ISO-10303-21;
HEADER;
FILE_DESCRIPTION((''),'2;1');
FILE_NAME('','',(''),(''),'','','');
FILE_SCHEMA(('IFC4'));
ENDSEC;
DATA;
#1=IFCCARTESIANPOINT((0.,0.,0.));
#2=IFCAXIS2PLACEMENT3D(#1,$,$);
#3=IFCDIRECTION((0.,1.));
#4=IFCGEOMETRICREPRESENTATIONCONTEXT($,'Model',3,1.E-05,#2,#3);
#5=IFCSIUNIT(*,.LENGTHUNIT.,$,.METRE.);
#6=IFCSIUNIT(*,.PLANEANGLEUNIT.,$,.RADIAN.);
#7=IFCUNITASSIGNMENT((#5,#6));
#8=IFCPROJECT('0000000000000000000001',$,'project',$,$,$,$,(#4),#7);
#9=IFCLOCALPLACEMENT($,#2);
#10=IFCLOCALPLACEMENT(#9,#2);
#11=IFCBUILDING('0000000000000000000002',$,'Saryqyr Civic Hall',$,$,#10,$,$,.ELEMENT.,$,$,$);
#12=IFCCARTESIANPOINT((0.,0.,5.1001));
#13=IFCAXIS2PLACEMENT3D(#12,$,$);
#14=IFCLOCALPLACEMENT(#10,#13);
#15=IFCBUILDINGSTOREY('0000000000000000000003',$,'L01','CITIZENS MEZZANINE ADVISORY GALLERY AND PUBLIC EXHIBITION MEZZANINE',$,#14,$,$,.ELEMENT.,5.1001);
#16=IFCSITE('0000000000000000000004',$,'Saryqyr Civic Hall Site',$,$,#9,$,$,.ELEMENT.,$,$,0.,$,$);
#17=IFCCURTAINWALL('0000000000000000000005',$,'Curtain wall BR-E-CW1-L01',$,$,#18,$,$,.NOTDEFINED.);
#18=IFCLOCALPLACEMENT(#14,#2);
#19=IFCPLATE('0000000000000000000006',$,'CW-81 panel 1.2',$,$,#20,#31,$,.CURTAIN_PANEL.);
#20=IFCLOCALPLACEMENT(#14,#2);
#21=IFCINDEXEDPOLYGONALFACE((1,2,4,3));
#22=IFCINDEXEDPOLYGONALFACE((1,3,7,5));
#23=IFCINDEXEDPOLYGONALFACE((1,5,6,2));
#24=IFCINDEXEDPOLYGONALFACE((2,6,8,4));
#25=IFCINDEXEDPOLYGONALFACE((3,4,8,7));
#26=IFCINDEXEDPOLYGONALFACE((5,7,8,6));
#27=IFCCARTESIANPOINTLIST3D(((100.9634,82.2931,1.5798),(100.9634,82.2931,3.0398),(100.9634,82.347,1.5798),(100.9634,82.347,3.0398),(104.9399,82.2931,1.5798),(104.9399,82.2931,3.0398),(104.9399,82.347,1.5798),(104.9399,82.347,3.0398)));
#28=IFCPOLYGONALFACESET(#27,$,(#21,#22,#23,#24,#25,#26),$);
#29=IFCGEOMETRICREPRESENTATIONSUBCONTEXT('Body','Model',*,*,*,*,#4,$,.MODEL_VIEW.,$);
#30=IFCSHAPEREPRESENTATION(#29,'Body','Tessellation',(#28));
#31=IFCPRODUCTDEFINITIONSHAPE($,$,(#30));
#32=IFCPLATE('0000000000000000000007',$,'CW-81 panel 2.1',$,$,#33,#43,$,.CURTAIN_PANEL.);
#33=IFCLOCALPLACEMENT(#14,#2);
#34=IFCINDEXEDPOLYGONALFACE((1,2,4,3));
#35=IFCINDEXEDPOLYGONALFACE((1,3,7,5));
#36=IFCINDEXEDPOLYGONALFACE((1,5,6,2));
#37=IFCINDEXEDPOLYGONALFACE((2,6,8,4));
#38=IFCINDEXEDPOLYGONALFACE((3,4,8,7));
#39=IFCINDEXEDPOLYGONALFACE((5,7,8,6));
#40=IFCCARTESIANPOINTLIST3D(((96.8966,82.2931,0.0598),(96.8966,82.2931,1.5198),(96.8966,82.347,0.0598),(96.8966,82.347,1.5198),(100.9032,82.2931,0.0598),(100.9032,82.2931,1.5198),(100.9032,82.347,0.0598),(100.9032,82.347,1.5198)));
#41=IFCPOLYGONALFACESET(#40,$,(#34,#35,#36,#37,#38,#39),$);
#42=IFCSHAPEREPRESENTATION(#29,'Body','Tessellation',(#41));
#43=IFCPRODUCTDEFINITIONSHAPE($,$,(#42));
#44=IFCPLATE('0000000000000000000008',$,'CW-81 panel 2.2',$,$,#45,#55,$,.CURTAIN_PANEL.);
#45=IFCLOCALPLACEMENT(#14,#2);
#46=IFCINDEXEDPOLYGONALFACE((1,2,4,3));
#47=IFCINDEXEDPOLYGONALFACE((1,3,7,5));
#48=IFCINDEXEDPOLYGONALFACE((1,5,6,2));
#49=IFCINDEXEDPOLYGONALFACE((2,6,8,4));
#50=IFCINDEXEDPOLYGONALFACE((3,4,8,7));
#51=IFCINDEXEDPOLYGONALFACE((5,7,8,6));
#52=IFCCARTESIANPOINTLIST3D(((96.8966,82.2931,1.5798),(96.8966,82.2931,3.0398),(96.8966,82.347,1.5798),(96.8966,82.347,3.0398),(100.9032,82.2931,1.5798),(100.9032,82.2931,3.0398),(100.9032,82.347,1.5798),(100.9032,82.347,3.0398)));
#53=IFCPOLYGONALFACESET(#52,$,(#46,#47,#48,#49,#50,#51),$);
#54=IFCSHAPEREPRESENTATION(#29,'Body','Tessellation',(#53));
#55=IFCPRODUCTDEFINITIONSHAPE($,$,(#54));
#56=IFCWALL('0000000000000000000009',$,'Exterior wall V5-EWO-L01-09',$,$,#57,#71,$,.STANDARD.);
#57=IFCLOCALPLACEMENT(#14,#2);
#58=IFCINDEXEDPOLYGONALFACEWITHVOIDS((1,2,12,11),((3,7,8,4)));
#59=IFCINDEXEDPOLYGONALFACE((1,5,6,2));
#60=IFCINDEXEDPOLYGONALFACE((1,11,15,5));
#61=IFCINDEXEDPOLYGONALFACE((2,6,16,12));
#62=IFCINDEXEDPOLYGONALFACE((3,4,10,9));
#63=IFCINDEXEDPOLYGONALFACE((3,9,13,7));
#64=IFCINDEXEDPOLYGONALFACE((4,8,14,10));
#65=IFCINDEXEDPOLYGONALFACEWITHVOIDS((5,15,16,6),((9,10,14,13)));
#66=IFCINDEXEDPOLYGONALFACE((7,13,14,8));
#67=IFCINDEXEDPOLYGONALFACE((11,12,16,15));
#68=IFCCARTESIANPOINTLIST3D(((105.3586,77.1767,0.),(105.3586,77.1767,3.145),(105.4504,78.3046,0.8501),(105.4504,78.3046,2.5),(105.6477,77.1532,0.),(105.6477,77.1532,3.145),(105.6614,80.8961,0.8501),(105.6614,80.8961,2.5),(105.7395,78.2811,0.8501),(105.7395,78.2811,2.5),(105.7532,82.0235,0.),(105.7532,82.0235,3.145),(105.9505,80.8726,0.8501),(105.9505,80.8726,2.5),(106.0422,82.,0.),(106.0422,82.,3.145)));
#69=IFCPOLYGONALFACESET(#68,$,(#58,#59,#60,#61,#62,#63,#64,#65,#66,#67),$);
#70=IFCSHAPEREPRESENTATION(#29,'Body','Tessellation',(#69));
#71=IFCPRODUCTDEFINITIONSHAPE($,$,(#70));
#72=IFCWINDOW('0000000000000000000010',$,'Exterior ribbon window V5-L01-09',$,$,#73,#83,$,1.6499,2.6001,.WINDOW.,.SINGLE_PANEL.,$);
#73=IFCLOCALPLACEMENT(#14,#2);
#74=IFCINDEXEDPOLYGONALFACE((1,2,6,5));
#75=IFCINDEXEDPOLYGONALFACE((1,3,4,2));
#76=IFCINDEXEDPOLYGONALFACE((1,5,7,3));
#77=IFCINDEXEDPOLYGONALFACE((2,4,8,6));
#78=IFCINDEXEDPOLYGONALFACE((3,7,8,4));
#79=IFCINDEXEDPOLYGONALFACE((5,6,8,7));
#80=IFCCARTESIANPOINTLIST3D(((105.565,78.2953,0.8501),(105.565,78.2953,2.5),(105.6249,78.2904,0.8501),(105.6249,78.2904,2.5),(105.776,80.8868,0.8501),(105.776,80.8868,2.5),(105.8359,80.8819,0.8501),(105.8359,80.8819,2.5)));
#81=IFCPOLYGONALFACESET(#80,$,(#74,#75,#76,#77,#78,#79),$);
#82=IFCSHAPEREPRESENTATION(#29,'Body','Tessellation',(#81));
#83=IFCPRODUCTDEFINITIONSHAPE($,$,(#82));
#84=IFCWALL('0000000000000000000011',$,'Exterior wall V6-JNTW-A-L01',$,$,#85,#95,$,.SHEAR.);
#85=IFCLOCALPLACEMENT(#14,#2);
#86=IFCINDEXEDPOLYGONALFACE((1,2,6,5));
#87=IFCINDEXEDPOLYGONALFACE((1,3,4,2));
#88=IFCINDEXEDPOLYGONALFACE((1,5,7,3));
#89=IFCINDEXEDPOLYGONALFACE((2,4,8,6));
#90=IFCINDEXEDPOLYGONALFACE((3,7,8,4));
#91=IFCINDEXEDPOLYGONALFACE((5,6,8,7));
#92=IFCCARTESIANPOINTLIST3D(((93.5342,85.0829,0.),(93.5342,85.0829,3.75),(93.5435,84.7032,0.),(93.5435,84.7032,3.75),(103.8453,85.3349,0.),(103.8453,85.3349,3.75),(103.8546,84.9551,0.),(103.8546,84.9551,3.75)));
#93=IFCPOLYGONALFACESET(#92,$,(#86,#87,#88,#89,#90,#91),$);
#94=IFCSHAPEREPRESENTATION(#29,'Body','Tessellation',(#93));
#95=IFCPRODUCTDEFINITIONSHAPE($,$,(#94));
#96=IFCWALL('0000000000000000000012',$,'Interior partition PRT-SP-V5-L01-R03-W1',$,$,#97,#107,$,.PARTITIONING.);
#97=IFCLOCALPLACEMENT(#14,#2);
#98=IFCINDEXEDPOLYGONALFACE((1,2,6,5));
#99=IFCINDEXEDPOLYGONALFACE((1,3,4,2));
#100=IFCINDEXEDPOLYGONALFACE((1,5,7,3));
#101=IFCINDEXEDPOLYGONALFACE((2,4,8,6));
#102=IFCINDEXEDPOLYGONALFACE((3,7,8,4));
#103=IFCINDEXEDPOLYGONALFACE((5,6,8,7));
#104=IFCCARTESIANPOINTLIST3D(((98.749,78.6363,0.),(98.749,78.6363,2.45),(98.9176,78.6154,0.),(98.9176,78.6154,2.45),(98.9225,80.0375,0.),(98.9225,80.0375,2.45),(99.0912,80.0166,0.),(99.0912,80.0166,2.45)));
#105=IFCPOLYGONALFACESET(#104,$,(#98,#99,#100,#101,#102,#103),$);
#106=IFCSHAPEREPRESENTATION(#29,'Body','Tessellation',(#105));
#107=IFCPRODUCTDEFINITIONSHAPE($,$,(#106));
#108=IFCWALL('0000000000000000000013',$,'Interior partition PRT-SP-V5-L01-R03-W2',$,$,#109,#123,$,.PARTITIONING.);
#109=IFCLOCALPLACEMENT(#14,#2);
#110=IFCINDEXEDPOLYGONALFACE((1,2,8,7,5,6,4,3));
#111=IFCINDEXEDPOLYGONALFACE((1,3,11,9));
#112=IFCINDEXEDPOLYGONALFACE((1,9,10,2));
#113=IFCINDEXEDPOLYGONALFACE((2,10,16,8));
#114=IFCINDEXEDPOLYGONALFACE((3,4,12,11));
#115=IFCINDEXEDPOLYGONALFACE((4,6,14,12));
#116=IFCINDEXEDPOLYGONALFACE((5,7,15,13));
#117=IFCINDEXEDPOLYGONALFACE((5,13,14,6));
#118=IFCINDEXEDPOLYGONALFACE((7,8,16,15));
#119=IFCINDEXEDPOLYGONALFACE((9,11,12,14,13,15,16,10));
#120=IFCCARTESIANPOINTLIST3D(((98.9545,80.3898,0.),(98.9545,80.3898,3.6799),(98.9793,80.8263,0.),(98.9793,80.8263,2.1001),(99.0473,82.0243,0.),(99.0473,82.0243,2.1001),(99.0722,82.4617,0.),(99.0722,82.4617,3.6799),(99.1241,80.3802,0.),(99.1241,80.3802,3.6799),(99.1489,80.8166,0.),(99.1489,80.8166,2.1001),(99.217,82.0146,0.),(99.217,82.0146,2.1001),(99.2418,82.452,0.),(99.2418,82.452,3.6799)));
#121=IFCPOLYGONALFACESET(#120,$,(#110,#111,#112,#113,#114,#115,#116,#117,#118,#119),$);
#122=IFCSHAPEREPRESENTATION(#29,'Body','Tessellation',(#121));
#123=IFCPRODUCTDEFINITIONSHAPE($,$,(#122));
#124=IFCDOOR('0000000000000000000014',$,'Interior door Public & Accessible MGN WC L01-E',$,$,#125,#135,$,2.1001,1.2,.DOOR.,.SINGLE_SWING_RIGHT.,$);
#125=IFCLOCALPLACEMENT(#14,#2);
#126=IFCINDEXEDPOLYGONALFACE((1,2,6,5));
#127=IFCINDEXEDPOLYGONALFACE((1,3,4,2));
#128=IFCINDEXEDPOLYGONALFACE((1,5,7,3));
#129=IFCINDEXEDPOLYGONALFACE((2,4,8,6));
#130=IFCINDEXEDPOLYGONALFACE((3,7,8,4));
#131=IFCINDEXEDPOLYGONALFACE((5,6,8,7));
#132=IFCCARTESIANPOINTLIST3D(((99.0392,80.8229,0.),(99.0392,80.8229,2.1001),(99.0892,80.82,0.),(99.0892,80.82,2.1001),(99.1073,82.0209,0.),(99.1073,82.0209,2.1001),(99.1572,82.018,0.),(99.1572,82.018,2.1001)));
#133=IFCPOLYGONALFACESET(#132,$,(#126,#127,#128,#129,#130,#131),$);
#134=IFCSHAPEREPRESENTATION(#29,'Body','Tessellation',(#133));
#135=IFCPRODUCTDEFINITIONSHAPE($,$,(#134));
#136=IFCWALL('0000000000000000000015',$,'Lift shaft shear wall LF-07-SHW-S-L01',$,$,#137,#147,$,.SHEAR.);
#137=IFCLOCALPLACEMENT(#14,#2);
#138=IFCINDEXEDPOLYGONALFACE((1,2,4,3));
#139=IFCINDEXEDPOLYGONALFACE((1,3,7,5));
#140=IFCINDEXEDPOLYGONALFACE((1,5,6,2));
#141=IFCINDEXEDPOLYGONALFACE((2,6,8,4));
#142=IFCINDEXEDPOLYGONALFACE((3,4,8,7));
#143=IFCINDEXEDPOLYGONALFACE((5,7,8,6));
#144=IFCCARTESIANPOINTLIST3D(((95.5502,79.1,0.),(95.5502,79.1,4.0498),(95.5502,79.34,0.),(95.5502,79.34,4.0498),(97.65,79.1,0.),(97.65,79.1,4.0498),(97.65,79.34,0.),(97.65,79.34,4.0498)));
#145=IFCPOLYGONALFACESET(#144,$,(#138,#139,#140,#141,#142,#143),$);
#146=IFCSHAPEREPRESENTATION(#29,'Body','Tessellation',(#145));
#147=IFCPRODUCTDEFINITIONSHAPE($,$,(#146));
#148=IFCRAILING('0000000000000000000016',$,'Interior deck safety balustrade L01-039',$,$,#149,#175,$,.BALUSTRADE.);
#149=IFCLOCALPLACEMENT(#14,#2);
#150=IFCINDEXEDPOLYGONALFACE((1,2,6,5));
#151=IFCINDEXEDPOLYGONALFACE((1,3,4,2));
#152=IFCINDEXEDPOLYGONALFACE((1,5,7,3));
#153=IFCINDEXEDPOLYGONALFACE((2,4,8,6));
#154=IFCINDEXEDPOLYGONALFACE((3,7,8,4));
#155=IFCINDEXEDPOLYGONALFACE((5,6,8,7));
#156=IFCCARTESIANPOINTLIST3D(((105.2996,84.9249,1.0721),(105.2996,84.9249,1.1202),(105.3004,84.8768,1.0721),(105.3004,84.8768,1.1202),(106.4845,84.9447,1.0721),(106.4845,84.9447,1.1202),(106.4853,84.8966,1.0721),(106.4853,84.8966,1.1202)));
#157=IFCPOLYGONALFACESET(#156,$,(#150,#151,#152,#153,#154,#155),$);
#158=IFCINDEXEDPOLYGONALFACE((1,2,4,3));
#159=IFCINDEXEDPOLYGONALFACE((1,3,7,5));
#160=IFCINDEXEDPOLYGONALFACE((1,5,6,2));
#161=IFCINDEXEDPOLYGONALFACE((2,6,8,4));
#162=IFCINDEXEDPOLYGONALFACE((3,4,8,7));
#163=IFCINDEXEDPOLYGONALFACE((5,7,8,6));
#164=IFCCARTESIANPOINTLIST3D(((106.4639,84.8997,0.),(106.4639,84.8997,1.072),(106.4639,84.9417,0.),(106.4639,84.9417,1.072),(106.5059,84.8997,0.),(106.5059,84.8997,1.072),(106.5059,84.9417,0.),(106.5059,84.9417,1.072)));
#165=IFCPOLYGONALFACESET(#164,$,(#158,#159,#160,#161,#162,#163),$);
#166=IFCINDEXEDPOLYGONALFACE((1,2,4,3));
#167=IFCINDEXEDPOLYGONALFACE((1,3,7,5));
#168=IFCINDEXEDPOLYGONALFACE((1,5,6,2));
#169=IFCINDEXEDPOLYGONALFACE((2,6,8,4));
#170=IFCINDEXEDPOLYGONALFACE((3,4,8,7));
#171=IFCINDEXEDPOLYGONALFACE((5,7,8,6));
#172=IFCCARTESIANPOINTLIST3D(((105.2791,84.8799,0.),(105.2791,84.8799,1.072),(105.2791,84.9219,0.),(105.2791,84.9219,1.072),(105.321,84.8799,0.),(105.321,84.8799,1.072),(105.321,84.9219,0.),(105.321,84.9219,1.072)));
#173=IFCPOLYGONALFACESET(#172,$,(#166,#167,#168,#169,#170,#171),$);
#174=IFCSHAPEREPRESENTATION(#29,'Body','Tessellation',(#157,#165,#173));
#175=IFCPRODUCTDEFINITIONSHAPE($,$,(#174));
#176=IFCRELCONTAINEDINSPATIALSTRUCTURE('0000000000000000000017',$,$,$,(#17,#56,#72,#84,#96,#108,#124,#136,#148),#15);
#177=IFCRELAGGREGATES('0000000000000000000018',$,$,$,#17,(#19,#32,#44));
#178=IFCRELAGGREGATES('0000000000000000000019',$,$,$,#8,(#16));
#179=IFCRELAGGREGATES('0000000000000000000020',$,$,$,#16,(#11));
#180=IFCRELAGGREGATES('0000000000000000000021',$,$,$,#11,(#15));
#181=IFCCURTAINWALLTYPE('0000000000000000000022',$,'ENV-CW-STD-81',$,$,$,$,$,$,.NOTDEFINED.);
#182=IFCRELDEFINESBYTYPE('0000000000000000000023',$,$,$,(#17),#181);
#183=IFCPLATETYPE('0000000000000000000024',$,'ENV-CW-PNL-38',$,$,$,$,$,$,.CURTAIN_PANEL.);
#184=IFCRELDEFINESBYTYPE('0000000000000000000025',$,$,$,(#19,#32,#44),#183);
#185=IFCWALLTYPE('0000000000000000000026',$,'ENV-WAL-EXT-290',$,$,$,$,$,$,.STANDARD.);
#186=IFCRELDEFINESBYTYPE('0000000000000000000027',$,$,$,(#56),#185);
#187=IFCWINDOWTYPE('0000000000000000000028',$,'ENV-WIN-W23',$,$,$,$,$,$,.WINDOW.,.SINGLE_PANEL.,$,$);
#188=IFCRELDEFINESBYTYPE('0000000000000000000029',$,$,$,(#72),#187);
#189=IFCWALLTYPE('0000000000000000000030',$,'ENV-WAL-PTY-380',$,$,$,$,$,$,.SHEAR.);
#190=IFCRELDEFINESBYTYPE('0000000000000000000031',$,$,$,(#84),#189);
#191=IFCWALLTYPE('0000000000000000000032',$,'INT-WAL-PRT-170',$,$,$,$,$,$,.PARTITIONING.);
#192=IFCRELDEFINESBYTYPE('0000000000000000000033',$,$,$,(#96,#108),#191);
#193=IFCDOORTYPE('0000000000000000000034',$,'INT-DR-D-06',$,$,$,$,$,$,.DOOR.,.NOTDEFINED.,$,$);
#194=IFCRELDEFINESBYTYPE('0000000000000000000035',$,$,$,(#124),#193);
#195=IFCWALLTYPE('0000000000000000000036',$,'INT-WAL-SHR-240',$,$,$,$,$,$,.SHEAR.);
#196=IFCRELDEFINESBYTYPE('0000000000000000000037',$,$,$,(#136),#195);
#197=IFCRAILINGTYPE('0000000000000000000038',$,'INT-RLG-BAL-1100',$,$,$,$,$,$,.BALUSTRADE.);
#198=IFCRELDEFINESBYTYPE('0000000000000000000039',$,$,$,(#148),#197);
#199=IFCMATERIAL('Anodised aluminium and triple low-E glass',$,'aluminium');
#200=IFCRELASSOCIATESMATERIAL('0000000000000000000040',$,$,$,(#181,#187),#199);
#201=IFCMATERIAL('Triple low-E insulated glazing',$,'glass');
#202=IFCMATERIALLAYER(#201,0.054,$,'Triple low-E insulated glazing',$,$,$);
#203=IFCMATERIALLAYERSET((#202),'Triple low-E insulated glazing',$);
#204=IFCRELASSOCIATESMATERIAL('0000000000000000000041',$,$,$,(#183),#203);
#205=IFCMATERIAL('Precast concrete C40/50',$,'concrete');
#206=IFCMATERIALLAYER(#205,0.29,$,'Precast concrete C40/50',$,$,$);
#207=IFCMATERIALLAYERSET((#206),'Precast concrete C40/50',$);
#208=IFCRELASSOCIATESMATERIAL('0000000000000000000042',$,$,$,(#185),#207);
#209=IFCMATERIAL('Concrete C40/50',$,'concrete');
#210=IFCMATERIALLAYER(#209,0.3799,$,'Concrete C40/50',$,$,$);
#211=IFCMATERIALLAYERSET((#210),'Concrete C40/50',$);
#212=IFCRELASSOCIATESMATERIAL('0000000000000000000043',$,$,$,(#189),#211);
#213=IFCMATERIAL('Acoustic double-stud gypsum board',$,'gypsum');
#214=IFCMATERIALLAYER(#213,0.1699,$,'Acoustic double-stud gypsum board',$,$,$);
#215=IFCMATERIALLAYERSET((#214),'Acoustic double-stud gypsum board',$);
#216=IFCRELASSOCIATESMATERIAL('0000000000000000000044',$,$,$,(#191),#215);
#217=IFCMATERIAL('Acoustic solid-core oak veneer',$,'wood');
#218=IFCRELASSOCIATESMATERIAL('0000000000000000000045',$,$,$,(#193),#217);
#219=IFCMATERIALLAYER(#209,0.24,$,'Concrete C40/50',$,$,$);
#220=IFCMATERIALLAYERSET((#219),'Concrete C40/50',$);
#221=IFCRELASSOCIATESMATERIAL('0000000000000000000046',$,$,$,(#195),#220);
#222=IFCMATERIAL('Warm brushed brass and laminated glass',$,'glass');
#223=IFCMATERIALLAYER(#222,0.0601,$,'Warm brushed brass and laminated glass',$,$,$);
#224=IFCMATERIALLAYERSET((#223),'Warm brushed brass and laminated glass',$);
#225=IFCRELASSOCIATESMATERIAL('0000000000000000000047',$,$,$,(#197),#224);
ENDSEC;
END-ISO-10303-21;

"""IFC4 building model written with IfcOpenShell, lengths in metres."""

from ifc_helpers import new_model, si_unit, direction, frame, frame_2d, origin, origin_2d, place, context, subcontext, project, spatial, rectangle, extrude, material, layer, layer_set, type_object, element, fill, aggregate, save


model = new_model("IFC4")

# Units and contexts
model_context = context("Model", 3, precision=1e-05, world=origin(), true_north=direction((0.0, 1.0)))
body_context = subcontext(model_context, "Body", "Model", "MODEL_VIEW")
ifc_project = project(units=[si_unit("LENGTHUNIT", "METRE"), si_unit("PLANEANGLEUNIT", "RADIAN")], contexts=[model_context])

# Site, building, storey
site_placement = place(None, origin())
site = spatial("IfcSite", under=ifc_project, at=site_placement, Name="Saryqyr Civic Hall Site", CompositionType="ELEMENT", RefElevation=0.0)
building_placement = place(site_placement, origin())
building = spatial("IfcBuilding", under=site, at=building_placement, Name="Saryqyr Civic Hall", CompositionType="ELEMENT")
storey_placement = place(building_placement, frame((0.0, 0.0, 5.1001)))
storey = spatial("IfcBuildingStorey", under=building, at=storey_placement, Name="L01", Description="CITIZENS MEZZANINE ADVISORY GALLERY AND PUBLIC EXHIBITION MEZZANINE", CompositionType="ELEMENT", Elevation=5.1001)

# Shared definitions
ifc_material_1 = material(Name="Concrete C40/50", Category="concrete")

# Curtain wall
ifc_material_2 = material(Name="Anodised aluminium and triple low-E glass", Category="aluminium")
curtain_wall_type = type_object("IfcCurtainWallType", Name="ENV-CW-STD-81", PredefinedType="NOTDEFINED", material=ifc_material_2)
curtain_wall_placement = place(storey_placement, origin())
curtain_wall = element("IfcCurtainWall", 1, at=curtain_wall_placement, inside=storey, type_object=curtain_wall_type, Name="Curtain wall BR-E-CW1-L01", PredefinedType="NOTDEFINED")

# Plates
ifc_material_3 = material(Name="Triple low-E insulated glazing", Category="glass")
ifc_layer_1 = layer(ifc_material_3, 0.054, Name="Triple low-E insulated glazing")
ifc_layer_set_1 = layer_set([ifc_layer_1], Name="Triple low-E insulated glazing")
plate_type = type_object("IfcPlateType", Name="ENV-CW-PNL-38", PredefinedType="CURTAIN_PANEL", material=ifc_layer_set_1)
plate_1_placement = place(storey_placement, frame((102.9517, 82.3201, 1.5798), z_axis=(0.0, 0.0, 1.0), x_axis=(-1.0, 0.0, 0.0)))
plate_1 = element("IfcPlate", 2, at=plate_1_placement, type_object=plate_type, Name="CW-81 panel 1.2", PredefinedType="CURTAIN_PANEL", context=body_context, shape_type="SweptSolid", body=[
    extrude(rectangle(XDim=3.9766, YDim=0.054, at=origin_2d()), origin(), (0.0, 0.0, 1.0), 1.46),
])
plate_2_placement = place(storey_placement, frame((98.8999, 82.3201, 0.0598), z_axis=(0.0, 0.0, 1.0), x_axis=(-1.0, 0.0, 0.0)))
plate_2 = element("IfcPlate", 3, at=plate_2_placement, type_object=plate_type, Name="CW-81 panel 2.1", PredefinedType="CURTAIN_PANEL", context=body_context, shape_type="SweptSolid", body=[
    extrude(rectangle(XDim=4.0066, YDim=0.054, at=origin_2d()), origin(), (0.0, 0.0, 1.0), 1.46),
])
plate_3_placement = place(storey_placement, frame((98.8999, 82.3201, 1.5798), z_axis=(0.0, 0.0, 1.0), x_axis=(-1.0, 0.0, 0.0)))
plate_3 = element("IfcPlate", 4, at=plate_3_placement, type_object=plate_type, Name="CW-81 panel 2.2", PredefinedType="CURTAIN_PANEL", context=body_context, shape_type="SweptSolid", body=[
    extrude(rectangle(XDim=4.0066, YDim=0.054, at=origin_2d()), origin(), (0.0, 0.0, 1.0), 1.46),
])
aggregate(curtain_wall, [plate_1, plate_2, plate_3])

# Wall, opening, window
ifc_material_4 = material(Name="Precast concrete C40/50", Category="concrete")
ifc_layer_2 = layer(ifc_material_4, 0.29, Name="Precast concrete C40/50")
ifc_layer_set_2 = layer_set([ifc_layer_2], Name="Precast concrete C40/50")
wall_type_1 = type_object("IfcWallType", Name="ENV-WAL-EXT-290", PredefinedType="STANDARD", material=ifc_layer_set_2)
wall_1_placement = place(storey_placement, frame((105.8977, 82.0117, 0.0), z_axis=(0.0, 0.0, 1.0), x_axis=(-0.081134, -0.996703, 0.0)))
wall_1 = element("IfcWall", 5, at=wall_1_placement, inside=storey, type_object=wall_type_1, Name="Exterior wall V5-EWO-L01-09", PredefinedType="STANDARD", context=body_context, shape_type="SweptSolid", body=[
    extrude(rectangle(XDim=4.8628, YDim=0.29, at=frame_2d((2.4314, 0.0))), origin(), (0.0, 0.0, 1.0), 3.145),
])
opening_1_placement = place(wall_1_placement, frame((1.1311, 0.0, 0.8501)))
opening_1 = element("IfcOpeningElement", 6, at=opening_1_placement, cuts=wall_1, PredefinedType="OPENING", context=body_context, shape_type="SweptSolid", body=[
    extrude(rectangle(XDim=2.6001, YDim=1.6499, at=frame_2d((1.3, 0.825))), frame((0.0, 0.155, 0.0), z_axis=(0.0, -1.0, 0.0), x_axis=(1.0, 0.0, 0.0)), (0.0, 0.0, 1.0), 0.3101),
])
window_type = type_object("IfcWindowType", Name="ENV-WIN-W23", PartitioningType="SINGLE_PANEL", PredefinedType="WINDOW", material=ifc_material_2)
window_placement = place(opening_1_placement, origin())
window = element("IfcWindow", 7, at=window_placement, inside=storey, type_object=window_type, Name="Exterior ribbon window V5-L01-09", OverallHeight=1.6499, OverallWidth=2.6001, PartitioningType="SINGLE_PANEL", PredefinedType="WINDOW", context=body_context, shape_type="SweptSolid", body=[
    extrude(rectangle(XDim=2.6001, YDim=1.6499, at=frame_2d((1.3, 0.825))), frame((0.0, 0.03, 0.0), z_axis=(0.0, -1.0, 0.0), x_axis=(1.0, 0.0, 0.0)), (0.0, 0.0, 1.0), 0.0601),
])
fill(opening_1, window)

# Walls
ifc_layer_3 = layer(ifc_material_1, 0.3799, Name="Concrete C40/50")
ifc_layer_set_3 = layer_set([ifc_layer_3], Name="Concrete C40/50")
wall_type_2 = type_object("IfcWallType", Name="ENV-WAL-PTY-380", PredefinedType="SHEAR", material=ifc_layer_set_3)
wall_2_placement = place(storey_placement, frame((103.8501, 85.145, 0.0), z_axis=(0.0, 0.0, 1.0), x_axis=(-0.999702, -0.024428, 0.0)))
element("IfcWall", 8, at=wall_2_placement, inside=storey, type_object=wall_type_2, Name="Exterior wall V6-JNTW-A-L01", PredefinedType="SHEAR", context=body_context, shape_type="SweptSolid", body=[
    extrude(rectangle(XDim=10.3142, YDim=0.3799, at=frame_2d((5.1572, 0.0))), origin(), (0.0, 0.0, 1.0), 3.75),
])
ifc_material_5 = material(Name="Acoustic double-stud gypsum board", Category="gypsum")
ifc_layer_4 = layer(ifc_material_5, 0.1699, Name="Acoustic double-stud gypsum board")
ifc_layer_set_4 = layer_set([ifc_layer_4], Name="Acoustic double-stud gypsum board")
wall_type_3 = type_object("IfcWallType", Name="INT-WAL-PRT-170", PredefinedType="PARTITIONING", material=ifc_layer_set_4)
wall_3_placement = place(storey_placement, frame((98.8333, 78.6257, 0.0), z_axis=(0.0, 0.0, 1.0), x_axis=(0.122949, 0.992413, 0.0)))
element("IfcWall", 9, at=wall_3_placement, inside=storey, type_object=wall_type_3, Name="Interior partition PRT-SP-V5-L01-R03-W1", PredefinedType="PARTITIONING", context=body_context, shape_type="SweptSolid", body=[
    extrude(rectangle(XDim=1.4119, YDim=0.1699, at=frame_2d((0.7061, 0.0))), origin(), (0.0, 0.0, 1.0), 2.45),
])

# Wall, opening, door
wall_4_placement = place(storey_placement, frame((99.0393, 80.385, 0.0), z_axis=(0.0, 0.0, 1.0), x_axis=(0.056708, 0.998391, 0.0)))
wall_4 = element("IfcWall", 10, at=wall_4_placement, inside=storey, type_object=wall_type_3, Name="Interior partition PRT-SP-V5-L01-R03-W2", PredefinedType="PARTITIONING", context=body_context, shape_type="SweptSolid", body=[
    extrude(rectangle(XDim=2.0752, YDim=0.1699, at=frame_2d((1.0376, 0.0))), origin(), (0.0, 0.0, 1.0), 3.6799),
])
opening_2_placement = place(wall_4_placement, frame((0.437, 0.0, 0.0)))
opening_2 = element("IfcOpeningElement", 11, at=opening_2_placement, cuts=wall_4, PredefinedType="OPENING", context=body_context, shape_type="SweptSolid", body=[
    extrude(rectangle(XDim=1.2, YDim=2.1001, at=frame_2d((0.6001, 1.05))), frame((0.0, 0.095, 0.0), z_axis=(0.0, -1.0, 0.0), x_axis=(1.0, 0.0, 0.0)), (0.0, 0.0, 1.0), 0.1899),
])
ifc_material_6 = material(Name="Acoustic solid-core oak veneer", Category="wood")
door_type = type_object("IfcDoorType", Name="INT-DR-D-06", OperationType="NOTDEFINED", PredefinedType="DOOR", material=ifc_material_6)
door_placement = place(opening_2_placement, origin())
door = element("IfcDoor", 12, at=door_placement, inside=storey, type_object=door_type, Name="Interior door Public & Accessible MGN WC L01-E", OperationType="SINGLE_SWING_RIGHT", OverallHeight=2.1001, OverallWidth=1.2, PredefinedType="DOOR", context=body_context, shape_type="SweptSolid", body=[
    extrude(rectangle(XDim=1.2, YDim=2.1001, at=frame_2d((0.6001, 1.05))), frame((0.0, 0.0249, 0.0), z_axis=(0.0, -1.0, 0.0), x_axis=(1.0, 0.0, 0.0)), (0.0, 0.0, 1.0), 0.05),
])
fill(opening_2, door)

# Wall
ifc_layer_5 = layer(ifc_material_1, 0.24, Name="Concrete C40/50")
ifc_layer_set_5 = layer_set([ifc_layer_5], Name="Concrete C40/50")
wall_type_4 = type_object("IfcWallType", Name="INT-WAL-SHR-240", PredefinedType="SHEAR", material=ifc_layer_set_5)
wall_5_placement = place(storey_placement, frame((97.6499, 79.22, 0.0), z_axis=(0.0, 0.0, 1.0), x_axis=(-1.0, 0.0, 0.0)))
element("IfcWall", 13, at=wall_5_placement, inside=storey, type_object=wall_type_4, Name="Lift shaft shear wall LF-07-SHW-S-L01", PredefinedType="SHEAR", context=body_context, shape_type="SweptSolid", body=[
    extrude(rectangle(XDim=2.0999, YDim=0.24, at=frame_2d((1.0498, 0.0))), origin(), (0.0, 0.0, 1.0), 4.0498),
])

# Railing
ifc_material_7 = material(Name="Warm brushed brass and laminated glass", Category="glass")
ifc_layer_6 = layer(ifc_material_7, 0.0601, Name="Warm brushed brass and laminated glass")
ifc_layer_set_6 = layer_set([ifc_layer_6], Name="Warm brushed brass and laminated glass")
railing_type = type_object("IfcRailingType", Name="INT-RLG-BAL-1100", PredefinedType="BALUSTRADE", material=ifc_layer_set_6)
railing_1_placement = place(storey_placement, frame((106.4849, 84.9207, 0.0)))
element("IfcRailing", 14, at=railing_1_placement, inside=storey, type_object=railing_type, Name="Interior deck safety balustrade L01-039", PredefinedType="BALUSTRADE", context=body_context, shape_type="SweptSolid", body=[
    extrude(rectangle(XDim=0.0481, YDim=0.0481, at=origin_2d()), frame((0.0, 0.0, 1.0962), z_axis=(-0.999861, -0.016688, 0.0), x_axis=(0.016688, -0.999861, 0.0)), (0.0, 0.0, 1.0), 1.1851),
    extrude(rectangle(XDim=0.042, YDim=0.042, at=origin_2d()), origin(), (0.0, 0.0, 1.0), 1.072),
    extrude(rectangle(XDim=0.042, YDim=0.042, at=origin_2d()), frame((-1.1848, -0.0198, 0.0)), (0.0, 0.0, 1.0), 1.072),
])

save(model, "model.ifc")
